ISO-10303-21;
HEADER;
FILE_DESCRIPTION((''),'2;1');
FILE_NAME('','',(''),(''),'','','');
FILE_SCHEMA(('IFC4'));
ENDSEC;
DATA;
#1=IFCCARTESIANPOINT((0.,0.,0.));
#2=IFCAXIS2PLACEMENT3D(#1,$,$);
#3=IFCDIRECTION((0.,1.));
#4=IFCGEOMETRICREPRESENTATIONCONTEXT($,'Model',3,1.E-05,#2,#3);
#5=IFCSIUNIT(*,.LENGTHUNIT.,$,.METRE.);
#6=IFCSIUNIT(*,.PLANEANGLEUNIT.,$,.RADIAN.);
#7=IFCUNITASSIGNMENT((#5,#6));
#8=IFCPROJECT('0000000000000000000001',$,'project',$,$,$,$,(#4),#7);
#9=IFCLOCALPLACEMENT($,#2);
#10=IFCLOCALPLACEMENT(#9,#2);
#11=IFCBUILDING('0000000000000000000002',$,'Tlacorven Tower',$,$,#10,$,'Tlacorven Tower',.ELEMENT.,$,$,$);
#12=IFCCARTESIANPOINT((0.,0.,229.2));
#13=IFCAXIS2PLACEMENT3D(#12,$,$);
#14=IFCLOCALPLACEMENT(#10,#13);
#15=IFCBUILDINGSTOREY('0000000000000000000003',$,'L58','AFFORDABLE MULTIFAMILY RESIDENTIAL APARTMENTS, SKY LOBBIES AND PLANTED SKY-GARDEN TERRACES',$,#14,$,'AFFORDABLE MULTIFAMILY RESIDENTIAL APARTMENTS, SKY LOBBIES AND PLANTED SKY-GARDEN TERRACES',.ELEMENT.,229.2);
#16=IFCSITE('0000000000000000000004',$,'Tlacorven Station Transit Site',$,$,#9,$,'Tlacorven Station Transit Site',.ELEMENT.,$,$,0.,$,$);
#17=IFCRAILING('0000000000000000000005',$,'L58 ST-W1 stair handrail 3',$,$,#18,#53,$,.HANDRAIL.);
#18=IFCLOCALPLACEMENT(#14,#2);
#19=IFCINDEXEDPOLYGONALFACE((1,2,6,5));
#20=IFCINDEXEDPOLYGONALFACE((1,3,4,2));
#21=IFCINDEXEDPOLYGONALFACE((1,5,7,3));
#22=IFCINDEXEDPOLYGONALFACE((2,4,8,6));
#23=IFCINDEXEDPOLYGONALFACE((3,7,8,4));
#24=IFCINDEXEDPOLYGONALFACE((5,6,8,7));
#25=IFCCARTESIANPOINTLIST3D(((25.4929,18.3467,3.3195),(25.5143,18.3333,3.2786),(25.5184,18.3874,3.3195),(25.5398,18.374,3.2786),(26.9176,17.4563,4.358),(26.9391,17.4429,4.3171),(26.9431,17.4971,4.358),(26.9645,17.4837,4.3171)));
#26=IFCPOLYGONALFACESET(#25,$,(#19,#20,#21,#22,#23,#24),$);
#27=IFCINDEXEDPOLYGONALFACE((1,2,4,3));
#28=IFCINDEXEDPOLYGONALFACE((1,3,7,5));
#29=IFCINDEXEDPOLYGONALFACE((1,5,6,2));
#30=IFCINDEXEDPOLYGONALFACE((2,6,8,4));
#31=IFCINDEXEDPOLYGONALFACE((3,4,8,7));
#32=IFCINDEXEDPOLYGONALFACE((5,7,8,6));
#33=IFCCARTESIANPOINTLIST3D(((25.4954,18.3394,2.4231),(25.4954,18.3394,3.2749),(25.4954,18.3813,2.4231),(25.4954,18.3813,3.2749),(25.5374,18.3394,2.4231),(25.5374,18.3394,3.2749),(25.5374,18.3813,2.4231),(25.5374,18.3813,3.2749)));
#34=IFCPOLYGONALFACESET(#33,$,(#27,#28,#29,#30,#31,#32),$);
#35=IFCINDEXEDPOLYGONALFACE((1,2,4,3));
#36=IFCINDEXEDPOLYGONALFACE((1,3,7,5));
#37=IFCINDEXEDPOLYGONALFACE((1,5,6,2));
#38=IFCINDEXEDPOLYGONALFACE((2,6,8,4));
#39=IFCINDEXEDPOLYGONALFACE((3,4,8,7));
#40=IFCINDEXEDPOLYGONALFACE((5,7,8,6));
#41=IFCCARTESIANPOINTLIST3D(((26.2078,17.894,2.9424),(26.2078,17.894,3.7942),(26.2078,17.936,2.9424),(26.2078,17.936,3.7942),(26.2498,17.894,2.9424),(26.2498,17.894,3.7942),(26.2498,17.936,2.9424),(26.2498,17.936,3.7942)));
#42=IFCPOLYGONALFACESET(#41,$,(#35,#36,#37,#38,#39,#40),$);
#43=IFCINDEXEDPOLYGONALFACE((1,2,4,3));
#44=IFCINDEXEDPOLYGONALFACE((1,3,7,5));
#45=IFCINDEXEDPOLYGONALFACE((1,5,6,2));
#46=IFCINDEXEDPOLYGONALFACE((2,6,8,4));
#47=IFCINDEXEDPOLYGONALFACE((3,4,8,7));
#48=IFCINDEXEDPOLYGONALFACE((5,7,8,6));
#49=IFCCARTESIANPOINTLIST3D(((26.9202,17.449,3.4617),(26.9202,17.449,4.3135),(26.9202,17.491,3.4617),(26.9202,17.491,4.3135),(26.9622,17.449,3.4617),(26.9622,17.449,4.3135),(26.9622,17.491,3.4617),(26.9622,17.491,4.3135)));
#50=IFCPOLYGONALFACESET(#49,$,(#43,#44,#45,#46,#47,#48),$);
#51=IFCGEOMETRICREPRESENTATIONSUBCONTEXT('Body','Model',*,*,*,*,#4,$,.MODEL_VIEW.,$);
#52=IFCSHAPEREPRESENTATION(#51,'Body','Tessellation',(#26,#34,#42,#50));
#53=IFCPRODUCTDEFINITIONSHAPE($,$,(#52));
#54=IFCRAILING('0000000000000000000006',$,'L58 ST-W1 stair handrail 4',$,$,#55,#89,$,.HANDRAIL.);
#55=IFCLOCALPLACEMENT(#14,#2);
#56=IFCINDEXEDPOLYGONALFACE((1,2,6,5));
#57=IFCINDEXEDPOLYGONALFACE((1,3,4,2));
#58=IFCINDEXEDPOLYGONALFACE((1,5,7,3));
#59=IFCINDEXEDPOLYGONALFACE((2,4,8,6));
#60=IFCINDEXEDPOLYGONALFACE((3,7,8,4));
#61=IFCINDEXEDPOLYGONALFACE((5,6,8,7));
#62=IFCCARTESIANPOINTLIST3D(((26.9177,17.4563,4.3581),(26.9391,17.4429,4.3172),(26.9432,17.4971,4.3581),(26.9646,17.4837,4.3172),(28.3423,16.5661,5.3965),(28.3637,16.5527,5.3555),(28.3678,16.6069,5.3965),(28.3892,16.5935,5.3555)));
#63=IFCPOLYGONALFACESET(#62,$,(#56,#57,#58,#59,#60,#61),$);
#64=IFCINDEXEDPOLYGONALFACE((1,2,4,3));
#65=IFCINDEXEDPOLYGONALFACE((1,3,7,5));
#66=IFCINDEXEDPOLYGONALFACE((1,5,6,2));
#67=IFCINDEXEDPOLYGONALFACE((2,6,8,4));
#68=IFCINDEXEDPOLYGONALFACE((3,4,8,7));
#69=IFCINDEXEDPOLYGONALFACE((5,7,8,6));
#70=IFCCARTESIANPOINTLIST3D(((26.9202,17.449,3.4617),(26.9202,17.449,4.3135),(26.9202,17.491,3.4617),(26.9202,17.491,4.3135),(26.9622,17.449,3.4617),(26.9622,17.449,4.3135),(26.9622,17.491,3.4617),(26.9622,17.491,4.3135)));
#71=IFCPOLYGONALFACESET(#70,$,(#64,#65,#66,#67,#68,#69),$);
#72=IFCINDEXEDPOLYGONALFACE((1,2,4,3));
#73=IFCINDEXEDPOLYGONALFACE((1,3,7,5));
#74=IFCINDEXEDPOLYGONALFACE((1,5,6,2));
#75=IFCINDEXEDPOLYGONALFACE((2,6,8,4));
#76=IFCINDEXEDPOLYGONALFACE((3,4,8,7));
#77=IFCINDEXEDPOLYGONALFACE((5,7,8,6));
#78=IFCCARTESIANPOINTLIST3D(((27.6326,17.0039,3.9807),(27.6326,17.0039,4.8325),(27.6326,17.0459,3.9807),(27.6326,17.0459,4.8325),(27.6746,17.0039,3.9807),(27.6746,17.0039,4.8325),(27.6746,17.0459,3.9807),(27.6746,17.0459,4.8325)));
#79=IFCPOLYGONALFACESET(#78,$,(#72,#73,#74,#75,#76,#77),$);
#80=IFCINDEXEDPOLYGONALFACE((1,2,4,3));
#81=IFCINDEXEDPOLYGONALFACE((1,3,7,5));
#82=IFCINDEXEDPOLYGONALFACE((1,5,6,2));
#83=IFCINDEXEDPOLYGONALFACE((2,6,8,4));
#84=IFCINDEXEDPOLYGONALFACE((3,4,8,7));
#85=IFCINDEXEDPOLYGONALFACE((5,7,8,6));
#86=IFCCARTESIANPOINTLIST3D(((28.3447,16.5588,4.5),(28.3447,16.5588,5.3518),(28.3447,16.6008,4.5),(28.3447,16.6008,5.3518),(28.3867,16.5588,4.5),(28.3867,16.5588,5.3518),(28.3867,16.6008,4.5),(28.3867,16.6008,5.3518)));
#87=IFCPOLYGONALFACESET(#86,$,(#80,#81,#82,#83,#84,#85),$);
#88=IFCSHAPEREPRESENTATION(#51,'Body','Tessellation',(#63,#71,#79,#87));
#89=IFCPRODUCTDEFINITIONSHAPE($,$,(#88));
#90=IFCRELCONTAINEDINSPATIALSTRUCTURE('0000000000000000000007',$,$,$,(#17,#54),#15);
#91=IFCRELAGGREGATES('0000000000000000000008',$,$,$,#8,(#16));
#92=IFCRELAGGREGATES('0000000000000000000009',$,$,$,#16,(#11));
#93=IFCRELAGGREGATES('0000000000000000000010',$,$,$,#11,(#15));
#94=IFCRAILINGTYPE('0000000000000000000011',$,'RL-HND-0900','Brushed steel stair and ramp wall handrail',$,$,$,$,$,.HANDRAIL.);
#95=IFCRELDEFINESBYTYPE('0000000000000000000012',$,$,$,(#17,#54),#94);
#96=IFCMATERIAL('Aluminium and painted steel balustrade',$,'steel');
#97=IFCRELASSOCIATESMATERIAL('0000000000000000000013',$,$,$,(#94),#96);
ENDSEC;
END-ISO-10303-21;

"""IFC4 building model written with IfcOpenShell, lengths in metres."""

from ifc_helpers import new_model, si_unit, direction, frame, origin, origin_2d, place, context, subcontext, project, spatial, rectangle, extrude, source, transform, mapped, material, type_object, element, save


model = new_model("IFC4")

# Units and contexts
model_context = context("Model", 3, precision=1e-05, world=origin(), true_north=direction((0.0, 1.0)))
body_context = subcontext(model_context, "Body", "Model", "MODEL_VIEW")
ifc_project = project(units=[si_unit("LENGTHUNIT", "METRE"), si_unit("PLANEANGLEUNIT", "RADIAN")], contexts=[model_context])

# Site, building, storey
site_placement = place(None, origin())
site = spatial("IfcSite", under=ifc_project, at=site_placement, Name="Tlacorven Station Transit Site", LongName="Tlacorven Station Transit Site", CompositionType="ELEMENT", RefElevation=0.0)
building_placement = place(site_placement, origin())
building = spatial("IfcBuilding", under=site, at=building_placement, Name="Tlacorven Tower", LongName="Tlacorven Tower", CompositionType="ELEMENT")
storey_placement = place(building_placement, frame((0.0, 0.0, 229.2)))
storey = spatial("IfcBuildingStorey", under=building, at=storey_placement, Name="L58", Description="AFFORDABLE MULTIFAMILY RESIDENTIAL APARTMENTS, SKY LOBBIES AND PLANTED SKY-GARDEN TERRACES", LongName="AFFORDABLE MULTIFAMILY RESIDENTIAL APARTMENTS, SKY LOBBIES AND PLANTED SKY-GARDEN TERRACES", CompositionType="ELEMENT", Elevation=229.2)

# Railings
ifc_material_1 = material(Name="Aluminium and painted steel balustrade", Category="steel")
railing_type_1 = type_object("IfcRailingType", Name="RL-HND-0900", Description="Brushed steel stair and ramp wall handrail", PredefinedType="HANDRAIL", material=ifc_material_1)
shared_shape_1 = source(origin(), body_context, "Body", "SweptSolid", [
    extrude(rectangle(XDim=0.0481, YDim=0.0481, at=origin_2d()), frame((0.0, 0.0, 0.876), z_axis=(0.721341, -0.450776, 0.525803), x_axis=(0.529947, 0.848031, 0.0)), (0.0, 0.0, 1.0), 1.9751),
    extrude(rectangle(XDim=0.042, YDim=0.042, at=origin_2d()), origin(), (0.0, 0.0, 1.0), 0.8518),
    extrude(rectangle(XDim=0.042, YDim=0.042, at=origin_2d()), frame((0.7124, -0.4453, 0.5193)), (0.0, 0.0, 1.0), 0.8518),
    extrude(rectangle(XDim=0.042, YDim=0.042, at=origin_2d()), frame((1.4248, -0.8904, 1.0386)), (0.0, 0.0, 1.0), 0.8518),
])
railing_1_placement = place(storey_placement, frame((25.5164, 18.3604, 2.4231)))
element("IfcRailing", 1, at=railing_1_placement, inside=storey, type_object=railing_type_1, Name="L58 ST-W1 stair handrail 3", PredefinedType="HANDRAIL", context=body_context, shape_type="MappedRepresentation", body=[
    mapped(shared_shape_1, transform((0.0, 0.0, 0.0), scale=1.0)),
])
shared_shape_2 = source(origin(), body_context, "Body", "SweptSolid", [
    extrude(rectangle(XDim=0.0481, YDim=0.0481, at=origin_2d()), frame((0.0, 0.0, 0.876), z_axis=(0.721369, -0.450747, 0.525789), x_axis=(0.529907, 0.848055, 0.0)), (0.0, 0.0, 1.0), 1.9749),
    extrude(rectangle(XDim=0.042, YDim=0.042, at=origin_2d()), origin(), (0.0, 0.0, 1.0), 0.8518),
    extrude(rectangle(XDim=0.042, YDim=0.042, at=origin_2d()), frame((0.7124, -0.4451, 0.519)), (0.0, 0.0, 1.0), 0.8518),
    extrude(rectangle(XDim=0.042, YDim=0.042, at=origin_2d()), frame((1.4246, -0.8901, 1.0383)), (0.0, 0.0, 1.0), 0.8518),
])
railing_2_placement = place(storey_placement, frame((26.9412, 17.47, 3.4617)))
element("IfcRailing", 2, at=railing_2_placement, inside=storey, type_object=railing_type_1, Name="L58 ST-W1 stair handrail 4", PredefinedType="HANDRAIL", context=body_context, shape_type="MappedRepresentation", body=[
    mapped(shared_shape_2, transform((0.0, 0.0, 0.0), scale=1.0)),
])

save(model, "model.ifc")
